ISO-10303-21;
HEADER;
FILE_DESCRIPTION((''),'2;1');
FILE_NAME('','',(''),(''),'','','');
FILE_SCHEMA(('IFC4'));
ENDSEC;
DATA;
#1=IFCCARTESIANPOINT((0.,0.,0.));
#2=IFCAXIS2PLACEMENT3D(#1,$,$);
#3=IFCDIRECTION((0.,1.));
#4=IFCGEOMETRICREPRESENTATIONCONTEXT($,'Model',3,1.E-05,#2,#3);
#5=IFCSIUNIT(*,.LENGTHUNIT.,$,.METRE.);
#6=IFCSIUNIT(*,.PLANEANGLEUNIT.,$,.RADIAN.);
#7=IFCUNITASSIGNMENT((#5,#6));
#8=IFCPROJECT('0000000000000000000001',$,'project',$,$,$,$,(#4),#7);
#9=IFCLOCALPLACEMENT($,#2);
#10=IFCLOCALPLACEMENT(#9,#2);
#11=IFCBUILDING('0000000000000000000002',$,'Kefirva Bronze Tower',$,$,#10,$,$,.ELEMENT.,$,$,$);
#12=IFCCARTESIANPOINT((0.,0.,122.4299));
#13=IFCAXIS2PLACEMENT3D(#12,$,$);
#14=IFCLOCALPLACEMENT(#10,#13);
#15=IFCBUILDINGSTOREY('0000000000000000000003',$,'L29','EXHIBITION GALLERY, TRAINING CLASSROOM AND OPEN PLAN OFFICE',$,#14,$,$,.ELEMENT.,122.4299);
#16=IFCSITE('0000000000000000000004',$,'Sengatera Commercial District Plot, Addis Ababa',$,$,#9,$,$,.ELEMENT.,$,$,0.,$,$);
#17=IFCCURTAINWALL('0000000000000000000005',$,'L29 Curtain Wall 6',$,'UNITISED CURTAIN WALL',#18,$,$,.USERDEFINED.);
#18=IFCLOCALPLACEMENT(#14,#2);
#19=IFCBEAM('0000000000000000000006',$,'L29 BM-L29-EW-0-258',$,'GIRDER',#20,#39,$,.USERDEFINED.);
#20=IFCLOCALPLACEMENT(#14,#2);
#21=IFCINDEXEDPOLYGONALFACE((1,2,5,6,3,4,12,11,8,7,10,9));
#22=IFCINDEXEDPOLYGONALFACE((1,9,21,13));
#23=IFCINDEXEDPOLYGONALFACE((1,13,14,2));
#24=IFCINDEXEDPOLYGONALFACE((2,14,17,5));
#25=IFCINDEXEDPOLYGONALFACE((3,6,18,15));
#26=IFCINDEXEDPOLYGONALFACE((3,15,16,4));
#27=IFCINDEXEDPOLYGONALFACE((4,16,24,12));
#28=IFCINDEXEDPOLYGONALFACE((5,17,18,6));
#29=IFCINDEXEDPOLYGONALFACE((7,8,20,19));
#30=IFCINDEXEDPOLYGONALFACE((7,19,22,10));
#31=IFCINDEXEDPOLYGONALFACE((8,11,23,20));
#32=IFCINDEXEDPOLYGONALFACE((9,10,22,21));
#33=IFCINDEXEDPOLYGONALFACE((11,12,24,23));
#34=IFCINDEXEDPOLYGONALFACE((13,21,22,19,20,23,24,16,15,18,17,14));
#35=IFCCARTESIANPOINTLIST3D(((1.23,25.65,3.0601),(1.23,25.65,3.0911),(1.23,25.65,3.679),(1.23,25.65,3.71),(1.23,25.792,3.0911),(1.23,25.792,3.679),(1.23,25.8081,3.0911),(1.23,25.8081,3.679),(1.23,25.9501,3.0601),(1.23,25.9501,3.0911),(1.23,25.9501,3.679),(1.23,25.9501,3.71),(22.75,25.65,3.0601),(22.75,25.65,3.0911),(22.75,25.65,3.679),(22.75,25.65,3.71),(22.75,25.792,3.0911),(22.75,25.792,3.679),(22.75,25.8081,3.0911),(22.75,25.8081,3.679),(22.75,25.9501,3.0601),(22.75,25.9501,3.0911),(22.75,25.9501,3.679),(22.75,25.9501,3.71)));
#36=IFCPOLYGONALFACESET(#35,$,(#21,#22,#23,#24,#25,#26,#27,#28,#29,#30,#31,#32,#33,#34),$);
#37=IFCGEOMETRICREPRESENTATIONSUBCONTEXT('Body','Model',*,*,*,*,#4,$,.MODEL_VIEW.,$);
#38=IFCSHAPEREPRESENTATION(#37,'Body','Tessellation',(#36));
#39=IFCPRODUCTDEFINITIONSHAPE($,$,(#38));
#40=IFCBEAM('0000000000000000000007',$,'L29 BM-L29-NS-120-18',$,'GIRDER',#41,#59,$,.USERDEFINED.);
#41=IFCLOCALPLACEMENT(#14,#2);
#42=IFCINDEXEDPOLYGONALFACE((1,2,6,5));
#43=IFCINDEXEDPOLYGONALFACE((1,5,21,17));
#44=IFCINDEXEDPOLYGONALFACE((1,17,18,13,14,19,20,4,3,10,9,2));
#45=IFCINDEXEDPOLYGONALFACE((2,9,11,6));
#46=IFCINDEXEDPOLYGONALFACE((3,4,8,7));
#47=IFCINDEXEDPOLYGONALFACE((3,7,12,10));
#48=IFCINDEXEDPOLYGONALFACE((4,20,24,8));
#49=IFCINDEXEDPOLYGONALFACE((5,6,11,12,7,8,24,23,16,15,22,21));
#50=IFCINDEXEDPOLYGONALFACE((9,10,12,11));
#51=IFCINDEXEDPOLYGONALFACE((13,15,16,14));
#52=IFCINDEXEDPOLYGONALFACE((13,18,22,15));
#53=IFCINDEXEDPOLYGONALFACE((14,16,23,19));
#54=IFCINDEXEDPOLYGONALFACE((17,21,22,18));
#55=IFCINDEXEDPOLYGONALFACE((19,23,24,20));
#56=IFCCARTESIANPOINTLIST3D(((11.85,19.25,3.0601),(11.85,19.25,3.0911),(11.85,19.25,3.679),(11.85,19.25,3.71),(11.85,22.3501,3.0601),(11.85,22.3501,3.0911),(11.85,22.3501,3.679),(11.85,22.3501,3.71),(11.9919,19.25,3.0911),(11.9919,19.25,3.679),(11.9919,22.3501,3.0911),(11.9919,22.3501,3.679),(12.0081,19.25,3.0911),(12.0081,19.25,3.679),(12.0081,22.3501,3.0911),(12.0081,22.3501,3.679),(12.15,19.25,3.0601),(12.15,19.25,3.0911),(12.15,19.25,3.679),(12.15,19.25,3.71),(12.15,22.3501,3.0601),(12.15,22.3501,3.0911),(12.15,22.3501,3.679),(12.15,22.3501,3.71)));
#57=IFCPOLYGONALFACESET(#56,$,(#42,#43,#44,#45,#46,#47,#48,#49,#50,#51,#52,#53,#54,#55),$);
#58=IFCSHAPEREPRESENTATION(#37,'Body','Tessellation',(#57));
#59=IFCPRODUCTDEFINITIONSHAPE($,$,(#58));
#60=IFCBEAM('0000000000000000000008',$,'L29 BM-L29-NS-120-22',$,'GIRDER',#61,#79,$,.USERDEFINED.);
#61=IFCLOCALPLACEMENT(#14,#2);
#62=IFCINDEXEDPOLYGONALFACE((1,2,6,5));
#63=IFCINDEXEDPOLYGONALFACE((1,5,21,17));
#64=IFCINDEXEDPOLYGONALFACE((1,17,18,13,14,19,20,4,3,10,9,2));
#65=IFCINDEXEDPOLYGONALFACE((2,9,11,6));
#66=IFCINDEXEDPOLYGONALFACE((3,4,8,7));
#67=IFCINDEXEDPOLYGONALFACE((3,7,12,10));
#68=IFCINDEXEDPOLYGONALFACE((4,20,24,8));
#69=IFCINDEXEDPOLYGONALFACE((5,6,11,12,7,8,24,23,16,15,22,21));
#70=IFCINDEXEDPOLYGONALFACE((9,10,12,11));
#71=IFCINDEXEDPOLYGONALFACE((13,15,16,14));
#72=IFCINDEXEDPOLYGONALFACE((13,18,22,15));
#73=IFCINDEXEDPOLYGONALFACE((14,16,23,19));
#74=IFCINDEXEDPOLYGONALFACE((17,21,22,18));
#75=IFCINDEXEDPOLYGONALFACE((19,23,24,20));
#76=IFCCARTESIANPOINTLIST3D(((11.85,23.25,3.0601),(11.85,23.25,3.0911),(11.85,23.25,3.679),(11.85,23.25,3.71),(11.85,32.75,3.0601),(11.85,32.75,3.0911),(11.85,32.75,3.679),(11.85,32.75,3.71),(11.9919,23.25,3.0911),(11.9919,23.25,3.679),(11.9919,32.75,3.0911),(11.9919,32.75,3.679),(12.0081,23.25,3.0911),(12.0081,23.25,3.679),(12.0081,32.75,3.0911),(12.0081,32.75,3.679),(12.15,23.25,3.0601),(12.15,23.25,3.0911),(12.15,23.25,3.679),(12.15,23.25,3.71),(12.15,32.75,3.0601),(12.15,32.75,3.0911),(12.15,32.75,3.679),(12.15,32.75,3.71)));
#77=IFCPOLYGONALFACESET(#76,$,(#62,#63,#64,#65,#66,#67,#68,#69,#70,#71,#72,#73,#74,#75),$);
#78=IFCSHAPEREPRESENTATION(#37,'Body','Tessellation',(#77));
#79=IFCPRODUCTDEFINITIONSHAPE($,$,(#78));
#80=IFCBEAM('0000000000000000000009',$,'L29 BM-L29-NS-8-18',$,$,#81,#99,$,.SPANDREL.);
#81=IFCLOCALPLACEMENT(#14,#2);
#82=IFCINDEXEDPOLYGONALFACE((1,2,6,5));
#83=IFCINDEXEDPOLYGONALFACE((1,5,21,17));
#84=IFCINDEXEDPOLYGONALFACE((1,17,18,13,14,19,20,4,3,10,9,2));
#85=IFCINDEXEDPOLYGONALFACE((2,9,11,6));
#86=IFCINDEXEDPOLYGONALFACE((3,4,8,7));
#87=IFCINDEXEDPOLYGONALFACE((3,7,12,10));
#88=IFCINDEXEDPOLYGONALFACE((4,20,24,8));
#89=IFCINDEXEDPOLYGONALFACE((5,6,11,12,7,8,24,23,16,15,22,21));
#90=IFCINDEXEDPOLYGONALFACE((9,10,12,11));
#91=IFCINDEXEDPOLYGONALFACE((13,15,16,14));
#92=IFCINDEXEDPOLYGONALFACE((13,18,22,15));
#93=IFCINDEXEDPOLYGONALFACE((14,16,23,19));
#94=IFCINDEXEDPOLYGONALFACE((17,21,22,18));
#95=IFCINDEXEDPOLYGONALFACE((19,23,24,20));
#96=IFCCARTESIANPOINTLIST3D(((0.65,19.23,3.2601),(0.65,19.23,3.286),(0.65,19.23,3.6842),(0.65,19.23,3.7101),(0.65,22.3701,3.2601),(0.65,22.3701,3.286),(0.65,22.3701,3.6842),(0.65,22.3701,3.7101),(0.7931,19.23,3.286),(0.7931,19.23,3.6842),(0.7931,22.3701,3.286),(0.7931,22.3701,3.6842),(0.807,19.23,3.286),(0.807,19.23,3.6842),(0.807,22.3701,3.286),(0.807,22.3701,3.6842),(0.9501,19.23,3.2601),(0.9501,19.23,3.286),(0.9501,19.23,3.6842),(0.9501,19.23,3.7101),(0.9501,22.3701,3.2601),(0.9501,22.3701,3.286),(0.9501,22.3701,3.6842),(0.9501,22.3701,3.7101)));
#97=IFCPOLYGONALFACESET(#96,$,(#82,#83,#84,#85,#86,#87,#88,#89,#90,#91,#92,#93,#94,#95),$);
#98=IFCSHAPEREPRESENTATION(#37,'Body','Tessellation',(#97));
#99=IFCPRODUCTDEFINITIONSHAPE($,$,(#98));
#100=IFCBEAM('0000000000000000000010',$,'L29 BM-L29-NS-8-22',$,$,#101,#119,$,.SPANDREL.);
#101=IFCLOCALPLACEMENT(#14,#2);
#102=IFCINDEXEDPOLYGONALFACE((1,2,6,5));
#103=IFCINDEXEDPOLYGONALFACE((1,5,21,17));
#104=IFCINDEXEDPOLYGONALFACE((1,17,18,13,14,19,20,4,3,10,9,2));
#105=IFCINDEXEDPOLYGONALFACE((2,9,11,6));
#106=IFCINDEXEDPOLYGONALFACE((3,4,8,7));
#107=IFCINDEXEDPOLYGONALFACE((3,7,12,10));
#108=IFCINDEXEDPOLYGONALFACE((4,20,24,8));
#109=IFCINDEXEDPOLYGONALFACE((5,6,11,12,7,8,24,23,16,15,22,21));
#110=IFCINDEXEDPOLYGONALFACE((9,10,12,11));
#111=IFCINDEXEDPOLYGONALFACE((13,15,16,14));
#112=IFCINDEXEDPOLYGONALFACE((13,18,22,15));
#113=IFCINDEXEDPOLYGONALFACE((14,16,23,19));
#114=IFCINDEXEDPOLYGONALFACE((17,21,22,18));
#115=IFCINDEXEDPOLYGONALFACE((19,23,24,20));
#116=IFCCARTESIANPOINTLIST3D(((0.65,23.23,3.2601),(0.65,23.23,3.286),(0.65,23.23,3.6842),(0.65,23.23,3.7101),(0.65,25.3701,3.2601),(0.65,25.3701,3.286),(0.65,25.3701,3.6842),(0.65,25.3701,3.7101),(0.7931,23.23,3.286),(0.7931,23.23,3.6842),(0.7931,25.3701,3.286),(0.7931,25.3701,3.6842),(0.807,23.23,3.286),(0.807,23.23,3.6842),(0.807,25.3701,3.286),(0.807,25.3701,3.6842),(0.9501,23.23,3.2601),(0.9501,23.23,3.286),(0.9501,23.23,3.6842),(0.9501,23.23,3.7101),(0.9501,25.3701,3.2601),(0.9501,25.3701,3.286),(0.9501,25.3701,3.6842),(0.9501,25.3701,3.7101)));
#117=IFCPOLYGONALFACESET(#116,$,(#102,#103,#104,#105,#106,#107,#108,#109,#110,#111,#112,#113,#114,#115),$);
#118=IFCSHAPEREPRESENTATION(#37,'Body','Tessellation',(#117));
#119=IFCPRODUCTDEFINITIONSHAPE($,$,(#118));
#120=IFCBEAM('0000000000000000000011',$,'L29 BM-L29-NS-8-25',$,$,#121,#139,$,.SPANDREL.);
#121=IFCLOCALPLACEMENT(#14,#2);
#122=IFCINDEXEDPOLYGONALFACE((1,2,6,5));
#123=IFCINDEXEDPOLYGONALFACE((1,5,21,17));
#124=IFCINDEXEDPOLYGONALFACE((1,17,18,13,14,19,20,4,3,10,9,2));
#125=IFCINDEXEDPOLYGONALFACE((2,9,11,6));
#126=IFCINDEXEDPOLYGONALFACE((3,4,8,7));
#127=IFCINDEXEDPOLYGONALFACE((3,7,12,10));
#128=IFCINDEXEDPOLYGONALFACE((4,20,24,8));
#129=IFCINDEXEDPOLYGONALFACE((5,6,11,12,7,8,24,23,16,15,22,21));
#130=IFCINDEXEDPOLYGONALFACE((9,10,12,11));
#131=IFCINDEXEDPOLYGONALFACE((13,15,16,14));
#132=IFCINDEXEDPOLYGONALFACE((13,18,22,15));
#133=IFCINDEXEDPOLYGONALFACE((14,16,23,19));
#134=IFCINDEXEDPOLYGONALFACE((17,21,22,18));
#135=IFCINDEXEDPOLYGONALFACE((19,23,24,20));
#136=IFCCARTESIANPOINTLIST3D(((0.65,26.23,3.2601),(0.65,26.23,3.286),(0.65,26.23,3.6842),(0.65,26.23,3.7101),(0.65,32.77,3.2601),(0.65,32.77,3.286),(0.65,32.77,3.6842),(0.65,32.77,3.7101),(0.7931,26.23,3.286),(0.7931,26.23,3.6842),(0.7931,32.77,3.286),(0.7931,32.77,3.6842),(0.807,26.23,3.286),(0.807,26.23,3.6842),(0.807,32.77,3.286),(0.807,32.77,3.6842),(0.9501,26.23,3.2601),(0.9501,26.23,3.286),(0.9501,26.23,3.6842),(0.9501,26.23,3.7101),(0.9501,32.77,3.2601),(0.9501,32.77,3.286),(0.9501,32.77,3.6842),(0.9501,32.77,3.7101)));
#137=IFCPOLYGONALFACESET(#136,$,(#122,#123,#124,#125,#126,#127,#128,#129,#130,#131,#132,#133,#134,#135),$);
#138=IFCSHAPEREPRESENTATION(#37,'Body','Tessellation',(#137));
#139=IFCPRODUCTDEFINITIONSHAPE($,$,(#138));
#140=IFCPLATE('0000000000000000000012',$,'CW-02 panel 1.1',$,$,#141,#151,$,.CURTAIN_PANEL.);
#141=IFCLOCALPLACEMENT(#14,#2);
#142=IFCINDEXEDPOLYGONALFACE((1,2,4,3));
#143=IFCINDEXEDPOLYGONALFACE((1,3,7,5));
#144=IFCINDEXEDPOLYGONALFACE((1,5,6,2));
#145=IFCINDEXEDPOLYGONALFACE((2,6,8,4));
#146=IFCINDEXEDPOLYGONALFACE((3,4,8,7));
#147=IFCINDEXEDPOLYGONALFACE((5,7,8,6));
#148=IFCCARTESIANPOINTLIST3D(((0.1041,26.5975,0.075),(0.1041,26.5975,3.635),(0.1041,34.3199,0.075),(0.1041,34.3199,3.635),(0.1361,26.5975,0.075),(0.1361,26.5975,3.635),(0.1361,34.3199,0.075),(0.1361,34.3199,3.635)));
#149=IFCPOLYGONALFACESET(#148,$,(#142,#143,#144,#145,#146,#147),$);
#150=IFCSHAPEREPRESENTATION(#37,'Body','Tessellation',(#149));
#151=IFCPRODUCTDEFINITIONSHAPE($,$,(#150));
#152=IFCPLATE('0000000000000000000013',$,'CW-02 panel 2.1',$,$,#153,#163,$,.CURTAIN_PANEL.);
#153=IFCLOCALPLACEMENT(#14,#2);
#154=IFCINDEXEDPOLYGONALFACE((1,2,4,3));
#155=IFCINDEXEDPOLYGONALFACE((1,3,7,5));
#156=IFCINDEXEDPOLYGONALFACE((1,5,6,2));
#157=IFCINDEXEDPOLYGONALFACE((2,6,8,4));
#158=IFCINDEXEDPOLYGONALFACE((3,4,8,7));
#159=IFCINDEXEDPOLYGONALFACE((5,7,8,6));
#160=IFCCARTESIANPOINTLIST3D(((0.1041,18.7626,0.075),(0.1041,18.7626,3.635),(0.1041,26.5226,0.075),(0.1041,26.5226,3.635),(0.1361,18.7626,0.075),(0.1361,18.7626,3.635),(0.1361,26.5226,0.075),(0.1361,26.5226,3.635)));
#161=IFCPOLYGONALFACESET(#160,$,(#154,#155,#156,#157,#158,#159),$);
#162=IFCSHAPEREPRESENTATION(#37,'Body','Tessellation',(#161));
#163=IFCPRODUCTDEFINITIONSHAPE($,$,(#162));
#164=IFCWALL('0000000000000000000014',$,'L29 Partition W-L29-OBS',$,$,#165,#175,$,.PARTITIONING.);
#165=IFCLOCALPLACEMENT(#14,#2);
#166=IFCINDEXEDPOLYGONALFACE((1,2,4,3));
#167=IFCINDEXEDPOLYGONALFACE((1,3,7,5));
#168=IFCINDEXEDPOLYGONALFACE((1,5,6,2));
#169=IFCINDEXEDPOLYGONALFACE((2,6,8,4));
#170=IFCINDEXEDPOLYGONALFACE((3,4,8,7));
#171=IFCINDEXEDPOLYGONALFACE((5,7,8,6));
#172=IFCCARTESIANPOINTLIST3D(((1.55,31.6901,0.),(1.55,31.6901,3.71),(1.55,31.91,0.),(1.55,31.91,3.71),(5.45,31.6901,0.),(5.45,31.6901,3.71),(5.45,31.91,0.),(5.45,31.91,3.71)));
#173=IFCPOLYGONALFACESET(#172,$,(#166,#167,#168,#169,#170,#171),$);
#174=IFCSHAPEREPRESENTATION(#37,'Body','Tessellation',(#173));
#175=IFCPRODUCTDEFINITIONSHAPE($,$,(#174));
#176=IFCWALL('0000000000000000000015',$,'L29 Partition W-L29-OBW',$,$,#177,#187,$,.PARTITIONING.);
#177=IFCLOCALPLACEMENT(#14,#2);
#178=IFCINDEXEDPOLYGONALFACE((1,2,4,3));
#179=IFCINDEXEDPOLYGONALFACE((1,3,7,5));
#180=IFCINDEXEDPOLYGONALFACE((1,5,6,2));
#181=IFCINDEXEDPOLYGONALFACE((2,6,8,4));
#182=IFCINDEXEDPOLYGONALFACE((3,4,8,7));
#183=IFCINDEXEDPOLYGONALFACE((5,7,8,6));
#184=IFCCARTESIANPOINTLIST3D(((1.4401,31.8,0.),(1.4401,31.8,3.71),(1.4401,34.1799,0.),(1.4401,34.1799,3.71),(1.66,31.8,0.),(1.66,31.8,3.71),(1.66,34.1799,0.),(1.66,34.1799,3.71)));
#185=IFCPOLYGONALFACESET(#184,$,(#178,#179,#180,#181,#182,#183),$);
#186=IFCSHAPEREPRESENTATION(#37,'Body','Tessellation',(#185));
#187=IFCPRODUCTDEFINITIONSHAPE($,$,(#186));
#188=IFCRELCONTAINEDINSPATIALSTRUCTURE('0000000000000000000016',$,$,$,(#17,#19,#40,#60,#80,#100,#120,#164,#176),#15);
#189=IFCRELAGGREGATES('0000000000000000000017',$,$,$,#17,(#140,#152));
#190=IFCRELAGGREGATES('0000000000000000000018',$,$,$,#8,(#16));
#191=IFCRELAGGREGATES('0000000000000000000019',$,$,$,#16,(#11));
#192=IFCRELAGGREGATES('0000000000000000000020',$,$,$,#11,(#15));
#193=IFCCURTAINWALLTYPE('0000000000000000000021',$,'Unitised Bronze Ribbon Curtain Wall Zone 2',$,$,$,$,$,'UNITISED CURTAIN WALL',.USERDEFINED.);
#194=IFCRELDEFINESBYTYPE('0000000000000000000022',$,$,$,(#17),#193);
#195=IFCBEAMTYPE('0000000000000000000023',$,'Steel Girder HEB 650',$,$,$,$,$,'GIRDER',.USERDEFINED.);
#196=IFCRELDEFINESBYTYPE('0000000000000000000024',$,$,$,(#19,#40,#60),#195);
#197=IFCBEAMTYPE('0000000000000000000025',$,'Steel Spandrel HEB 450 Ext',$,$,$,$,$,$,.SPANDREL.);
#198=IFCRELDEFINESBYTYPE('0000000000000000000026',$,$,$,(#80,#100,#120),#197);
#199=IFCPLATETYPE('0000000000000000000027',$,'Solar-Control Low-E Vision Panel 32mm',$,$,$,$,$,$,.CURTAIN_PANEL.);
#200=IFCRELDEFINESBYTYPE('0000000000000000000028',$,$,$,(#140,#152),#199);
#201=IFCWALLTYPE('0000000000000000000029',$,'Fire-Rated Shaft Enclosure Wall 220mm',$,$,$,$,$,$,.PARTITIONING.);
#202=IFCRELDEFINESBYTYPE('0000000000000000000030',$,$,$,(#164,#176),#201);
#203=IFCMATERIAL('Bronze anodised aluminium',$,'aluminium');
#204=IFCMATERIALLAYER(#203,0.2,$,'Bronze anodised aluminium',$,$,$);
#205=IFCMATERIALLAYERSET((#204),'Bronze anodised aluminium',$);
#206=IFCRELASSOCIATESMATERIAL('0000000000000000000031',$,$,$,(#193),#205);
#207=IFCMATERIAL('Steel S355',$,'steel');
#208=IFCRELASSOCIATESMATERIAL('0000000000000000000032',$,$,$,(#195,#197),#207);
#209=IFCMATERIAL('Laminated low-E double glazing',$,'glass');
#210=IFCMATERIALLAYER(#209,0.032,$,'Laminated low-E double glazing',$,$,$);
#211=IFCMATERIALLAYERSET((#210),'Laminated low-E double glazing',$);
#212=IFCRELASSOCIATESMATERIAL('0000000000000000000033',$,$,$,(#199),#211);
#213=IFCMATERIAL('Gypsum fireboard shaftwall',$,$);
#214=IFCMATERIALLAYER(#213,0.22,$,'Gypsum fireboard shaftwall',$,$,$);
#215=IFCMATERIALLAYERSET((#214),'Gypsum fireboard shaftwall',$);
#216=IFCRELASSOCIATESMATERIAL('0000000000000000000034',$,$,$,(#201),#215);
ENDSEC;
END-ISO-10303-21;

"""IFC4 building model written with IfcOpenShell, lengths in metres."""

from ifc_helpers import new_model, si_unit, direction, frame, frame_2d, origin, origin_2d, place, context, subcontext, project, spatial, rectangle, i_section, extrude, material, layer, layer_set, material_profile, profile_set, type_object, element, aggregate, save


model = new_model("IFC4")

# Units and contexts
model_context = context("Model", 3, precision=1e-05, world=origin(), true_north=direction((0.0, 1.0)))
body_context = subcontext(model_context, "Body", "Model", "MODEL_VIEW")
ifc_project = project(units=[si_unit("LENGTHUNIT", "METRE"), si_unit("PLANEANGLEUNIT", "RADIAN")], contexts=[model_context])

# Site, building, storey
site_placement = place(None, origin())
site = spatial("IfcSite", under=ifc_project, at=site_placement, Name="Sengatera Commercial District Plot, Addis Ababa", CompositionType="ELEMENT", RefElevation=0.0)
building_placement = place(site_placement, origin())
building = spatial("IfcBuilding", under=site, at=building_placement, Name="Kefirva Bronze Tower", CompositionType="ELEMENT")
storey_placement = place(building_placement, frame((0.0, 0.0, 122.4299)))
storey = spatial("IfcBuildingStorey", under=building, at=storey_placement, Name="L29", Description="EXHIBITION GALLERY, TRAINING CLASSROOM AND OPEN PLAN OFFICE", CompositionType="ELEMENT", Elevation=122.4299)

# Curtain wall
ifc_material_1 = material(Name="Bronze anodised aluminium", Category="aluminium")
ifc_layer_1 = layer(ifc_material_1, 0.2, Name="Bronze anodised aluminium")
ifc_layer_set_1 = layer_set([ifc_layer_1], Name="Bronze anodised aluminium")
curtain_wall_type = type_object("IfcCurtainWallType", Name="Unitised Bronze Ribbon Curtain Wall Zone 2", ElementType="UNITISED CURTAIN WALL", PredefinedType="USERDEFINED", material=ifc_layer_set_1)
curtain_wall_placement = place(storey_placement, origin())
curtain_wall = element("IfcCurtainWall", 1, at=curtain_wall_placement, inside=storey, type_object=curtain_wall_type, Name="L29 Curtain Wall 6", ObjectType="UNITISED CURTAIN WALL", PredefinedType="USERDEFINED")

# Beams
ifc_material_2 = material(Name="Steel S355", Category="steel")
ifc_material_profile_1 = material_profile(ifc_material_2, i_section(OverallWidth=0.3, OverallDepth=0.6499, WebThickness=0.0161, FlangeThickness=0.031, at=origin_2d()), Name="HEB 650")
ifc_profile_set_1 = profile_set([ifc_material_profile_1], Name="Steel S355")
beam_type_1 = type_object("IfcBeamType", Name="Steel Girder HEB 650", ElementType="GIRDER", PredefinedType="USERDEFINED", material=ifc_profile_set_1)
beam_1_placement = place(storey_placement, frame((1.23, 25.8, 3.385), z_axis=(1.0, 0.0, 0.0), x_axis=(0.0, 1.0, 0.0)))
element("IfcBeam", 2, at=beam_1_placement, inside=storey, type_object=beam_type_1, Name="L29 BM-L29-EW-0-258", ObjectType="GIRDER", PredefinedType="USERDEFINED", context=body_context, shape_type="SweptSolid", body=[
    extrude(i_section(OverallWidth=0.3, OverallDepth=0.6499, WebThickness=0.0161, FlangeThickness=0.031, at=origin_2d()), origin(), (0.0, 0.0, 1.0), 21.52),
])
beam_2_placement = place(storey_placement, frame((12.0, 19.25, 3.385), z_axis=(0.0, 1.0, 0.0), x_axis=(-1.0, 0.0, 0.0)))
element("IfcBeam", 3, at=beam_2_placement, inside=storey, type_object=beam_type_1, Name="L29 BM-L29-NS-120-18", ObjectType="GIRDER", PredefinedType="USERDEFINED", context=body_context, shape_type="SweptSolid", body=[
    extrude(i_section(OverallWidth=0.3, OverallDepth=0.6499, WebThickness=0.0161, FlangeThickness=0.031, at=origin_2d()), origin(), (0.0, 0.0, 1.0), 3.1001),
])
beam_3_placement = place(storey_placement, frame((12.0, 23.25, 3.385), z_axis=(0.0, 1.0, 0.0), x_axis=(-1.0, 0.0, 0.0)))
element("IfcBeam", 4, at=beam_3_placement, inside=storey, type_object=beam_type_1, Name="L29 BM-L29-NS-120-22", ObjectType="GIRDER", PredefinedType="USERDEFINED", context=body_context, shape_type="SweptSolid", body=[
    extrude(i_section(OverallWidth=0.3, OverallDepth=0.6499, WebThickness=0.0161, FlangeThickness=0.031, at=origin_2d()), origin(), (0.0, 0.0, 1.0), 9.5),
])
ifc_material_profile_2 = material_profile(ifc_material_2, i_section(OverallWidth=0.3, OverallDepth=0.45, WebThickness=0.0139, FlangeThickness=0.0259, at=origin_2d()), Name="HEB 450")
ifc_profile_set_2 = profile_set([ifc_material_profile_2], Name="Steel S355")
beam_type_2 = type_object("IfcBeamType", Name="Steel Spandrel HEB 450 Ext", PredefinedType="SPANDREL", material=ifc_profile_set_2)
beam_4_placement = place(storey_placement, frame((0.8, 19.23, 3.4851), z_axis=(0.0, 1.0, 0.0), x_axis=(-1.0, 0.0, 0.0)))
element("IfcBeam", 5, at=beam_4_placement, inside=storey, type_object=beam_type_2, Name="L29 BM-L29-NS-8-18", PredefinedType="SPANDREL", context=body_context, shape_type="SweptSolid", body=[
    extrude(i_section(OverallWidth=0.3, OverallDepth=0.45, WebThickness=0.0139, FlangeThickness=0.0259, at=origin_2d()), origin(), (0.0, 0.0, 1.0), 3.1401),
])
beam_5_placement = place(storey_placement, frame((0.8, 23.23, 3.4851), z_axis=(0.0, 1.0, 0.0), x_axis=(-1.0, 0.0, 0.0)))
element("IfcBeam", 6, at=beam_5_placement, inside=storey, type_object=beam_type_2, Name="L29 BM-L29-NS-8-22", PredefinedType="SPANDREL", context=body_context, shape_type="SweptSolid", body=[
    extrude(i_section(OverallWidth=0.3, OverallDepth=0.45, WebThickness=0.0139, FlangeThickness=0.0259, at=origin_2d()), origin(), (0.0, 0.0, 1.0), 2.1401),
])
beam_6_placement = place(storey_placement, frame((0.8, 26.23, 3.4851), z_axis=(0.0, 1.0, 0.0), x_axis=(-1.0, 0.0, 0.0)))
element("IfcBeam", 7, at=beam_6_placement, inside=storey, type_object=beam_type_2, Name="L29 BM-L29-NS-8-25", PredefinedType="SPANDREL", context=body_context, shape_type="SweptSolid", body=[
    extrude(i_section(OverallWidth=0.3, OverallDepth=0.45, WebThickness=0.0139, FlangeThickness=0.0259, at=origin_2d()), origin(), (0.0, 0.0, 1.0), 6.54),
])

# Plates
ifc_material_3 = material(Name="Laminated low-E double glazing", Category="glass")
ifc_layer_2 = layer(ifc_material_3, 0.032, Name="Laminated low-E double glazing")
ifc_layer_set_2 = layer_set([ifc_layer_2], Name="Laminated low-E double glazing")
plate_type = type_object("IfcPlateType", Name="Solar-Control Low-E Vision Panel 32mm", PredefinedType="CURTAIN_PANEL", material=ifc_layer_set_2)
plate_1_placement = place(storey_placement, frame((0.1201, 30.4587, 0.075), z_axis=(0.0, 0.0, 1.0), x_axis=(0.0, -1.0, 0.0)))
plate_1 = element("IfcPlate", 8, at=plate_1_placement, type_object=plate_type, Name="CW-02 panel 1.1", PredefinedType="CURTAIN_PANEL", context=body_context, shape_type="SweptSolid", body=[
    extrude(rectangle(XDim=7.7224, YDim=0.032, at=origin_2d()), origin(), (0.0, 0.0, 1.0), 3.5601),
])
plate_2_placement = place(storey_placement, frame((0.1201, 22.6426, 0.075), z_axis=(0.0, 0.0, 1.0), x_axis=(0.0, -1.0, 0.0)))
plate_2 = element("IfcPlate", 9, at=plate_2_placement, type_object=plate_type, Name="CW-02 panel 2.1", PredefinedType="CURTAIN_PANEL", context=body_context, shape_type="SweptSolid", body=[
    extrude(rectangle(XDim=7.76, YDim=0.032, at=origin_2d()), origin(), (0.0, 0.0, 1.0), 3.5601),
])
aggregate(curtain_wall, [plate_1, plate_2])

# Walls
ifc_material_4 = material(Name="Gypsum fireboard shaftwall")
ifc_layer_3 = layer(ifc_material_4, 0.22, Name="Gypsum fireboard shaftwall")
ifc_layer_set_3 = layer_set([ifc_layer_3], Name="Gypsum fireboard shaftwall")
wall_type_1 = type_object("IfcWallType", Name="Fire-Rated Shaft Enclosure Wall 220mm", PredefinedType="PARTITIONING", material=ifc_layer_set_3)
wall_1_placement = place(storey_placement, frame((1.55, 31.8, 0.0), z_axis=(0.0, 0.0, 1.0), x_axis=(1.0, 0.0, 0.0)))
element("IfcWall", 10, at=wall_1_placement, inside=storey, type_object=wall_type_1, Name="L29 Partition W-L29-OBS", PredefinedType="PARTITIONING", context=body_context, shape_type="SweptSolid", body=[
    extrude(rectangle(XDim=3.8999, YDim=0.22, at=frame_2d((1.95, 0.0))), origin(), (0.0, 0.0, 1.0), 3.71),
])
for number, where, z_axis, x_axis, name in (
    (11, (1.55, 31.8, 0.0), (0.0, 0.0, 1.0), (0.0, 1.0, 0.0), "L29 Partition W-L29-OBW"),
):
    element("IfcWall", number, at=place(storey_placement, frame(where, z_axis=z_axis, x_axis=x_axis)), inside=storey, type_object=wall_type_1, Name=name, PredefinedType="PARTITIONING", context=body_context, shape_type="SweptSolid", body=[
        extrude(rectangle(XDim=2.3799, YDim=0.22, at=frame_2d((1.1899, 0.0))), origin(), (0.0, 0.0, 1.0), 3.71),
    ])

save(model, "model.ifc")
